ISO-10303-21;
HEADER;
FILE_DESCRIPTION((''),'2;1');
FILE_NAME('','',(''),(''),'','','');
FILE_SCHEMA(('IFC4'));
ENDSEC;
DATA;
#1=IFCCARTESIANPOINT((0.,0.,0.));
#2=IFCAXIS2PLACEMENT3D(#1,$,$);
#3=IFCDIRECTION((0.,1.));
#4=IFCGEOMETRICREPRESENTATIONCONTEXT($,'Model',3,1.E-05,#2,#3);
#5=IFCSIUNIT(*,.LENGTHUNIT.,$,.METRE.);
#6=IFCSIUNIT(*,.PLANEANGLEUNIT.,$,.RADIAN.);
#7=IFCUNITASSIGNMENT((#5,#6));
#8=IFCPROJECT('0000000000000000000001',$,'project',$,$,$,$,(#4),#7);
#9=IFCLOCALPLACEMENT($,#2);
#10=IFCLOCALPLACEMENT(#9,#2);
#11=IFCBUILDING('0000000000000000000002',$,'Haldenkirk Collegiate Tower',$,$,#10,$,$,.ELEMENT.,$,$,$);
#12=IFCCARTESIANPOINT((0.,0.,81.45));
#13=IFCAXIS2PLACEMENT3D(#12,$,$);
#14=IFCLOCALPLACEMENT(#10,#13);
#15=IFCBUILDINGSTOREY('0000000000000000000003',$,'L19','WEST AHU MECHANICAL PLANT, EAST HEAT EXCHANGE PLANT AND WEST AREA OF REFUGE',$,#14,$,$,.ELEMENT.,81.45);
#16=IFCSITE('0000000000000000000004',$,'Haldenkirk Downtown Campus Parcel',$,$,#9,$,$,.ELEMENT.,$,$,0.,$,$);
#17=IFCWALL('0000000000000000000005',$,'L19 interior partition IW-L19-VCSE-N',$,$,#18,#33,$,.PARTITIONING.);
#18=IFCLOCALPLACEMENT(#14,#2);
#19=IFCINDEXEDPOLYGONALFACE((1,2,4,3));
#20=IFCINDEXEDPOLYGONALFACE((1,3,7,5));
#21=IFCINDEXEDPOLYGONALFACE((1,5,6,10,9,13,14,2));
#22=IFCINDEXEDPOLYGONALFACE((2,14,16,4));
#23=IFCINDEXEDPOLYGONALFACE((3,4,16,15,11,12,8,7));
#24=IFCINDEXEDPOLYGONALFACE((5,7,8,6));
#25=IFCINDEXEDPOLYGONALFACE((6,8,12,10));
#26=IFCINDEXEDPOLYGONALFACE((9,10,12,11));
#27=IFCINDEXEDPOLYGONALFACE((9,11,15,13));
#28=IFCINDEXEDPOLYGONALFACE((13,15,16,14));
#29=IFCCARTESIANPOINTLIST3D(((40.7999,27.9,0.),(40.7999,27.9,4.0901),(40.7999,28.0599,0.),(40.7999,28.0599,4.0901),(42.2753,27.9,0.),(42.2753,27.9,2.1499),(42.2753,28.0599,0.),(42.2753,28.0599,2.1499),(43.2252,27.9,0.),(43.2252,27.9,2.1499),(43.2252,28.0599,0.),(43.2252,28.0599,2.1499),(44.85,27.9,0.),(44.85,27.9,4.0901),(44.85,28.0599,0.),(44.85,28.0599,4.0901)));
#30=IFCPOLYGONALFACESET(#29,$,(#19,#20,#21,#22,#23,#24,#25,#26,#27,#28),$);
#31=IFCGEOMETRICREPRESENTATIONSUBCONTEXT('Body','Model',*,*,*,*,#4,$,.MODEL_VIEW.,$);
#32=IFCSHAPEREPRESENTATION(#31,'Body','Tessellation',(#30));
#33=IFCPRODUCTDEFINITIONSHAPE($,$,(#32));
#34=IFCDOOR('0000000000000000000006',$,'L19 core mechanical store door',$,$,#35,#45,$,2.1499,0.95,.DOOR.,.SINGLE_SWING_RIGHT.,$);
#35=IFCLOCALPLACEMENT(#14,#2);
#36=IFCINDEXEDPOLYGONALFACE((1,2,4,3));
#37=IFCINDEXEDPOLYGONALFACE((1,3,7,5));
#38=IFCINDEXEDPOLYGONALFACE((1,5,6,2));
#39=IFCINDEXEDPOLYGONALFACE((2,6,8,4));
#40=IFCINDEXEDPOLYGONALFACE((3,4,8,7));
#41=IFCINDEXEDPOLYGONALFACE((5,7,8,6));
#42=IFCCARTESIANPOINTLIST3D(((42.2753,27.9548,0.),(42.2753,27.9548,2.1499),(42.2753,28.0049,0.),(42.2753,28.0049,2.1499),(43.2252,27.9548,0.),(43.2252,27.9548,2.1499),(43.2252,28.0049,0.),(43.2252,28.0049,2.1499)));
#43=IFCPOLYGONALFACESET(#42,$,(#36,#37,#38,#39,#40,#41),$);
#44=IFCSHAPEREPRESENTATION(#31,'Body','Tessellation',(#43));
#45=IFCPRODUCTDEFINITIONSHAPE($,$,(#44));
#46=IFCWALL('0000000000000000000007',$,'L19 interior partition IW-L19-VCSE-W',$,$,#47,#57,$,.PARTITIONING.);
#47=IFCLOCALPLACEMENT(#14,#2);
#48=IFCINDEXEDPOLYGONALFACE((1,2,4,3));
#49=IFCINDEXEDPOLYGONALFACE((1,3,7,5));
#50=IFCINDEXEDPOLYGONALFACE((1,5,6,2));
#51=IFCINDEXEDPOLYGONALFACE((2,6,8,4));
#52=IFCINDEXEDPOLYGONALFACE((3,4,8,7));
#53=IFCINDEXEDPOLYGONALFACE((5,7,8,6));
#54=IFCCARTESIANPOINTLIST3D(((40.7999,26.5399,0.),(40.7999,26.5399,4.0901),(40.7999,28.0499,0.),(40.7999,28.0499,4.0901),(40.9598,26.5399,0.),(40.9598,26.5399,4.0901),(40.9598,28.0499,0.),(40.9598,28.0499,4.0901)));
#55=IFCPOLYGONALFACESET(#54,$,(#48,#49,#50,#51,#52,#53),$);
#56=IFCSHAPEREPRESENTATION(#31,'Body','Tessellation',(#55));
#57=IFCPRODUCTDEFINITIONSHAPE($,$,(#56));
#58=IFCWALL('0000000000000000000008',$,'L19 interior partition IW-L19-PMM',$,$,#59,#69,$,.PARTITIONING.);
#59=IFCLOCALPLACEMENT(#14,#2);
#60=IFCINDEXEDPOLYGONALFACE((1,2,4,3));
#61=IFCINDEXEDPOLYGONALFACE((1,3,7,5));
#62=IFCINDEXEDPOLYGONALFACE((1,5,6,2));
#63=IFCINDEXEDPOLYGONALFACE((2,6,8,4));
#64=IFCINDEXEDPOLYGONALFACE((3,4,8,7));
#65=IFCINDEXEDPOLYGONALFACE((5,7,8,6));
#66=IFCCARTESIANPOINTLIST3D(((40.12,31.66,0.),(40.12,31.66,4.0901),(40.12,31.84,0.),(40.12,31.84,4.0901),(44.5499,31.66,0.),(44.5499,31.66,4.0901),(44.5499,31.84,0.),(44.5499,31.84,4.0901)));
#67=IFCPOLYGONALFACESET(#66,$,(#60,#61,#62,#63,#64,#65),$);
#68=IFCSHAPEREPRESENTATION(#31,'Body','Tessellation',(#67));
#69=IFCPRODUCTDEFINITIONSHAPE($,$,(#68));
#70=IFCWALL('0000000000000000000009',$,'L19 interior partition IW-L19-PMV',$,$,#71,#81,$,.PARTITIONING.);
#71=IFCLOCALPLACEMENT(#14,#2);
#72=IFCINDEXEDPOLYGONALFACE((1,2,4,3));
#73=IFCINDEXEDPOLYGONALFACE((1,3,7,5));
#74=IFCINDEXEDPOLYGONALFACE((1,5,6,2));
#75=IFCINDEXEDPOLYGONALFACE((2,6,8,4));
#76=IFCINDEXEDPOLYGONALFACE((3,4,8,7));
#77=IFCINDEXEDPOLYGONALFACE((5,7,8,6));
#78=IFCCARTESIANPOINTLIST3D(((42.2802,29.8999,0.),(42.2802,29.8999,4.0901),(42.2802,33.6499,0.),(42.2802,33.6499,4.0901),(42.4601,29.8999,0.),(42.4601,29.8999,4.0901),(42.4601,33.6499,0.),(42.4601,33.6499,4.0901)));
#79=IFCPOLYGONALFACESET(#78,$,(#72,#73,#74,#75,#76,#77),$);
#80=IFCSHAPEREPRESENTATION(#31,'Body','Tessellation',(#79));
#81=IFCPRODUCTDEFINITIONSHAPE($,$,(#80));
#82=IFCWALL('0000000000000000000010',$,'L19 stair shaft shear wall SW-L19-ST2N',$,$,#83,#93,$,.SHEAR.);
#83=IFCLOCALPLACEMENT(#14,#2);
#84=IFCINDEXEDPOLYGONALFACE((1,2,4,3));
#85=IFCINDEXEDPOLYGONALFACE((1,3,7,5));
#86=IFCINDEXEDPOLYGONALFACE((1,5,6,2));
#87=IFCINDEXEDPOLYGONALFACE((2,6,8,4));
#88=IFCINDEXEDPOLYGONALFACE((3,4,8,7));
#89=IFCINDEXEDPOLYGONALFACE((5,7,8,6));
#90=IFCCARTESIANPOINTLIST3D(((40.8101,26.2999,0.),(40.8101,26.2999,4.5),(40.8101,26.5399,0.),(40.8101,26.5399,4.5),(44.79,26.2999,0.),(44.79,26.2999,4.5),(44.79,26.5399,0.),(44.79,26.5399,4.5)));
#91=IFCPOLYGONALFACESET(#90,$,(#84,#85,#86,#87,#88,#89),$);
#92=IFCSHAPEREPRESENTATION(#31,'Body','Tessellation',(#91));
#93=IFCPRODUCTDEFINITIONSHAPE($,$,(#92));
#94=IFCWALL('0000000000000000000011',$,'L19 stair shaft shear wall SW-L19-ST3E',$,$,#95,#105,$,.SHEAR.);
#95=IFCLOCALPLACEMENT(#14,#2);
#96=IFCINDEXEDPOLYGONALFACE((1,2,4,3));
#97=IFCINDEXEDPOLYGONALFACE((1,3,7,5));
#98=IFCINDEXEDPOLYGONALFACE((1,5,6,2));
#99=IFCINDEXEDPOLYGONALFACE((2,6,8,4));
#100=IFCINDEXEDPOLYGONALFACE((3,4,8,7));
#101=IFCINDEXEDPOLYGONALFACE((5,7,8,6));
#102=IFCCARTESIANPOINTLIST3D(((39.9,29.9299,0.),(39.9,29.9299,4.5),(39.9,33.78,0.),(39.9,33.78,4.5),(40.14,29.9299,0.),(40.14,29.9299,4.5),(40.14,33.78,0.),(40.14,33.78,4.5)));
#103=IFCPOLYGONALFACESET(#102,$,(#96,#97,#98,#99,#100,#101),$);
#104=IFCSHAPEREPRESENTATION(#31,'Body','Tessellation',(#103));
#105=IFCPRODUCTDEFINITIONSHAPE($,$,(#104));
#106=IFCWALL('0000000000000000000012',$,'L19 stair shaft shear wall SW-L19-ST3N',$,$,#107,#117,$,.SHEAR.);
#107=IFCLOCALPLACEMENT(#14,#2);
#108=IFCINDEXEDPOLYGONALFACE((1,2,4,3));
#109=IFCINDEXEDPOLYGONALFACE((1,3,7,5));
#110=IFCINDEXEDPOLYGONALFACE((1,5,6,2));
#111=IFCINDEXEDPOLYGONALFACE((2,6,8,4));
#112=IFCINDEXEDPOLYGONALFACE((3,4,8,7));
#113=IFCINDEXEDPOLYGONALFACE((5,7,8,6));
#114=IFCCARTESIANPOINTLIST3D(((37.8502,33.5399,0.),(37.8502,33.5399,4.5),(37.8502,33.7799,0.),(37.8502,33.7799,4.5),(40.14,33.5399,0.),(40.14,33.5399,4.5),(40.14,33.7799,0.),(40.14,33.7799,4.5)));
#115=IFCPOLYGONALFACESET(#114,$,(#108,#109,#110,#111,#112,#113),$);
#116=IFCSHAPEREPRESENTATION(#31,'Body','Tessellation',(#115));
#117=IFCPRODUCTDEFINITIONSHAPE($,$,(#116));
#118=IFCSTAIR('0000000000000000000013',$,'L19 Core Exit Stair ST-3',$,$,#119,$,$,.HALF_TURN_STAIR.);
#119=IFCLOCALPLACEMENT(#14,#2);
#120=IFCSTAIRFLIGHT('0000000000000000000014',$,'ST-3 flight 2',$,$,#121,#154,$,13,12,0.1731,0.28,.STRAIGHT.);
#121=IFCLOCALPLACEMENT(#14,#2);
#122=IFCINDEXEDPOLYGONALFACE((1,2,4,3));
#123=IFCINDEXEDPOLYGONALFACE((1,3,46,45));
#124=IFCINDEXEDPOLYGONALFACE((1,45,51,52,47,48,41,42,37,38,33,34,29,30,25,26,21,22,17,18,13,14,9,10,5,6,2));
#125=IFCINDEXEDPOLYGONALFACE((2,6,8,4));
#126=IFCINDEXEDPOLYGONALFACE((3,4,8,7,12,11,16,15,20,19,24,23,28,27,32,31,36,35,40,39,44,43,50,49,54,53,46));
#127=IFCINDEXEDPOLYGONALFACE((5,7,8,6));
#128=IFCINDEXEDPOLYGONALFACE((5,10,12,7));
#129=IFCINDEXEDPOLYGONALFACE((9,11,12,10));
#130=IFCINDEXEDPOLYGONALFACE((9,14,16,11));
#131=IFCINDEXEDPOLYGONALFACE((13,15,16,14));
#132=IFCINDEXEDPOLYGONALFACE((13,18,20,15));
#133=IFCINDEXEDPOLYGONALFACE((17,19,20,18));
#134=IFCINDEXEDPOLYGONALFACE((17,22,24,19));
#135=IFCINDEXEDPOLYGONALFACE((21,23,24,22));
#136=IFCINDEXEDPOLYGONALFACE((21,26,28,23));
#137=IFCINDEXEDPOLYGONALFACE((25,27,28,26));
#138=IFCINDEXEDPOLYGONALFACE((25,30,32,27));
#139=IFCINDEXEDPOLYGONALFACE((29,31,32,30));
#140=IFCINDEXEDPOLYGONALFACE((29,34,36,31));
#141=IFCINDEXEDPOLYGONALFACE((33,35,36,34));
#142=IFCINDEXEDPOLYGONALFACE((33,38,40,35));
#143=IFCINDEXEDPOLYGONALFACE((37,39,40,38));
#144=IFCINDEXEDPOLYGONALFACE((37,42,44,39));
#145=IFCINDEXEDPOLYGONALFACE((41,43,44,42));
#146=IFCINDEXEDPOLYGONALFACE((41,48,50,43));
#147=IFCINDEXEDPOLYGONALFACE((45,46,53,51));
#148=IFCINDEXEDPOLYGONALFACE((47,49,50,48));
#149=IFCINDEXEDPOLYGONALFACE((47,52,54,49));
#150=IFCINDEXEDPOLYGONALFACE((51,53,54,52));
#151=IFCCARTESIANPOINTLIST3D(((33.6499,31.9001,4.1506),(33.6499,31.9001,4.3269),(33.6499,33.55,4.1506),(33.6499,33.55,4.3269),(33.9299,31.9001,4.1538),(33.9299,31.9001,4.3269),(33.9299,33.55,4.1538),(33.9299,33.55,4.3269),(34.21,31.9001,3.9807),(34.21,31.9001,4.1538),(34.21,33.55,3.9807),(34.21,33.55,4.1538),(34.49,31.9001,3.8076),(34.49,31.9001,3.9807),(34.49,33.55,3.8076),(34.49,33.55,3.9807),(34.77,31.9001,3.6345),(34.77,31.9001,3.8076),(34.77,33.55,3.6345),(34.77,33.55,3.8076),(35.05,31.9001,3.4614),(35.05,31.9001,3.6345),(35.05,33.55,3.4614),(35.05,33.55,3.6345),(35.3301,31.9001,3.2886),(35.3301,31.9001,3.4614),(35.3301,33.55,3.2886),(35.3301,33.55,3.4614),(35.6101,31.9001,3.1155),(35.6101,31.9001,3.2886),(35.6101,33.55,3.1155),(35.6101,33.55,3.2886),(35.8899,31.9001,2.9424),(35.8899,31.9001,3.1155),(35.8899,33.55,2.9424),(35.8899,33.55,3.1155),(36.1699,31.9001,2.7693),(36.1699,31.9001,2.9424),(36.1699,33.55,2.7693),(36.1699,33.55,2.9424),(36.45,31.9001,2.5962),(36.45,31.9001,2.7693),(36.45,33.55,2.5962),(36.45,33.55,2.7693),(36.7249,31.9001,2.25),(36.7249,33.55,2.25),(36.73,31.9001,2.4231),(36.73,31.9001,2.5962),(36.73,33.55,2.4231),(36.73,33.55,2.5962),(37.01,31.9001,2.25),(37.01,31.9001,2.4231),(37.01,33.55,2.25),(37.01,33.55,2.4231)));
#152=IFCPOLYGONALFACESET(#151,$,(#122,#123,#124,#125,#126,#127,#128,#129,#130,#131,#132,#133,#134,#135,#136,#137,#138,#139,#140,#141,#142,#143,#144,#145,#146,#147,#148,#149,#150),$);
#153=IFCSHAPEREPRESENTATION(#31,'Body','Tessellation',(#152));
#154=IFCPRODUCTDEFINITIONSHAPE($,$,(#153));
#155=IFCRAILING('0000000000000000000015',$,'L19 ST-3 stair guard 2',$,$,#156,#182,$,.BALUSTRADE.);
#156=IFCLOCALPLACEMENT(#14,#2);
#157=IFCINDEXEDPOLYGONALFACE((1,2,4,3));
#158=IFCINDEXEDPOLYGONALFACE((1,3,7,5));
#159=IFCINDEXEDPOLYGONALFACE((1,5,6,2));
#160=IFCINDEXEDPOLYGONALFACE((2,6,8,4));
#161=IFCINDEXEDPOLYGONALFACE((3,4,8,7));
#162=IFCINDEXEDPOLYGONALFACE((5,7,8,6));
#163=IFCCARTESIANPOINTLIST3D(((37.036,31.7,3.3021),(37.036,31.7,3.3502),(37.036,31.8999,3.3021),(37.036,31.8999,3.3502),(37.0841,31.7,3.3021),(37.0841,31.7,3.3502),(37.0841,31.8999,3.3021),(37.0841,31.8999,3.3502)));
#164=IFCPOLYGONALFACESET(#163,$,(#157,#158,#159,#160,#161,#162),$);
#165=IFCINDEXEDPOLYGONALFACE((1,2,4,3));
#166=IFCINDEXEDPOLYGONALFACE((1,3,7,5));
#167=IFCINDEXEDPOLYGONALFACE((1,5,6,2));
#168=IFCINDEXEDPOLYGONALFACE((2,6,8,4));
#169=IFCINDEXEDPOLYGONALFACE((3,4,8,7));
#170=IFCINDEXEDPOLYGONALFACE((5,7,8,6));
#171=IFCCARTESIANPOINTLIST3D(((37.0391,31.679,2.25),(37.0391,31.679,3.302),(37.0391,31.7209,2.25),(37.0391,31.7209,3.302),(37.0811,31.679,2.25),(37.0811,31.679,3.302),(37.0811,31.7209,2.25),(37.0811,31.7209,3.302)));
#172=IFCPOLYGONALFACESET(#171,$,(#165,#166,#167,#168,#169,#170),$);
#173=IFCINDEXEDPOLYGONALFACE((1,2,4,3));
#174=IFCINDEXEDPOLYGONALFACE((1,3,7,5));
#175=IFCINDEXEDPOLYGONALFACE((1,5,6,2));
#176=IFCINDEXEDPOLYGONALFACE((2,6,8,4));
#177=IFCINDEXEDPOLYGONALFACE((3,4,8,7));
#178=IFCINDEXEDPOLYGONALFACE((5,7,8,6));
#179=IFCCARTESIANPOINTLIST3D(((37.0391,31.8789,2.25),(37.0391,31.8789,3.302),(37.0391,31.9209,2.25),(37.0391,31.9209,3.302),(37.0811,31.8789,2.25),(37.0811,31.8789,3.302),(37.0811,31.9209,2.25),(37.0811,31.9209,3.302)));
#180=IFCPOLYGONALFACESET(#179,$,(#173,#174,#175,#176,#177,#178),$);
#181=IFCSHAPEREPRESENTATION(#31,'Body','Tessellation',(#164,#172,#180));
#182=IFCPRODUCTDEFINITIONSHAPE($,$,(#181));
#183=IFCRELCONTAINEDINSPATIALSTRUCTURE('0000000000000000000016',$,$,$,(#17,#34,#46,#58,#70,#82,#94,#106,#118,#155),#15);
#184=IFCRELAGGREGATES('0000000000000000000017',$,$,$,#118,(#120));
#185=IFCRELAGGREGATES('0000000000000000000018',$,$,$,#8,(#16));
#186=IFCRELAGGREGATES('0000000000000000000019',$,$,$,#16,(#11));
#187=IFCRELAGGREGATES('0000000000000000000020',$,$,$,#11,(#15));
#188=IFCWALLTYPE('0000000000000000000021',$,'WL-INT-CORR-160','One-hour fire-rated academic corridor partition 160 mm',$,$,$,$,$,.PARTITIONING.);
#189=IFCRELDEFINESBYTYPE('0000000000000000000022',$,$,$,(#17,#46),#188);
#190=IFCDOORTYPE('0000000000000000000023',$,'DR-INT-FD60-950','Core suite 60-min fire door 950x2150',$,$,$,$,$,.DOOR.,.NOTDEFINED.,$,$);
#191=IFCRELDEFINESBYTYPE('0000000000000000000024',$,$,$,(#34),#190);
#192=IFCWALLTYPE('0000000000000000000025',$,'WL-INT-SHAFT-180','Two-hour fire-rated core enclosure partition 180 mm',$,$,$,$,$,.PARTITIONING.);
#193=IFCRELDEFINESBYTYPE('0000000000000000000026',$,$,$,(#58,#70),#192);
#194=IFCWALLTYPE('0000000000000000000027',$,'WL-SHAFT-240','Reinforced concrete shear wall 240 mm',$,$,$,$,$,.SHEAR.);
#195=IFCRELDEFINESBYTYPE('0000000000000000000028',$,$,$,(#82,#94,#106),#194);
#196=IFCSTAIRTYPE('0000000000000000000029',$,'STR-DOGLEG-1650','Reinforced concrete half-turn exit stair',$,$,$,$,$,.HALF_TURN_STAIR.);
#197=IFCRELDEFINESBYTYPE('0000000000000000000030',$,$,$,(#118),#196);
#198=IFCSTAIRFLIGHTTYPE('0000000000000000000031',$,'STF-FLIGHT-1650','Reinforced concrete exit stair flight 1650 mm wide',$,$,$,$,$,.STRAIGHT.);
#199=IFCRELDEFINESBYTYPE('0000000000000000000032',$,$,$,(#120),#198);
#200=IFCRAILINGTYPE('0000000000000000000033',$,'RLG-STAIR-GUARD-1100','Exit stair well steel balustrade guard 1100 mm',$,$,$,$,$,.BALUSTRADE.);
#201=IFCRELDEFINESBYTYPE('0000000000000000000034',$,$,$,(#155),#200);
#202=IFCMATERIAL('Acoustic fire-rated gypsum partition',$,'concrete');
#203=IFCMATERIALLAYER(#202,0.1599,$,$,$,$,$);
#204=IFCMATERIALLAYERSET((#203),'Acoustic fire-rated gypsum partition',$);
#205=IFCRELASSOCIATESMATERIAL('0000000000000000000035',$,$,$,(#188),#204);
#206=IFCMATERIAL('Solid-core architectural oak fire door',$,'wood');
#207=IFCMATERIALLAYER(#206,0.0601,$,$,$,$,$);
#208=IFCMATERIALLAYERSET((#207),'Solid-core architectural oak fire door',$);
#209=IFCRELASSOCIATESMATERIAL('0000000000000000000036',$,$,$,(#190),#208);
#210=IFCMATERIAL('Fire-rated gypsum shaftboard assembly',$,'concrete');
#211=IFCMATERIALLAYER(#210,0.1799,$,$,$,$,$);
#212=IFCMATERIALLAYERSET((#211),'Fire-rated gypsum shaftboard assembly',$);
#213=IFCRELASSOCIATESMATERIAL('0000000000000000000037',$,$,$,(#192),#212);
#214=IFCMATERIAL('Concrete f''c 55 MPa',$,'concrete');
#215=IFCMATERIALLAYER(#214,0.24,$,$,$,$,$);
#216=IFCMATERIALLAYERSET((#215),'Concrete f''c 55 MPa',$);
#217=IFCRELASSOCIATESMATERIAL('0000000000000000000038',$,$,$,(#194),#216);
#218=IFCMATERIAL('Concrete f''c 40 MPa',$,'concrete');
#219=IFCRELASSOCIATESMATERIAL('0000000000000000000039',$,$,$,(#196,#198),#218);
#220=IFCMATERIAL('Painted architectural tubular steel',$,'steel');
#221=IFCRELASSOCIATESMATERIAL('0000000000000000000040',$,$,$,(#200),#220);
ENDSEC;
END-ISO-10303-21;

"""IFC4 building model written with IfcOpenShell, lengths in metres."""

from ifc_helpers import new_model, si_unit, direction, frame, frame_2d, origin, origin_2d, place, context, subcontext, project, spatial, polyline, rectangle, outline, extrude, material, layer, layer_set, type_object, element, fill, aggregate, save


model = new_model("IFC4")

# Units and contexts
model_context = context("Model", 3, precision=1e-05, world=origin(), true_north=direction((0.0, 1.0)))
body_context = subcontext(model_context, "Body", "Model", "MODEL_VIEW")
ifc_project = project(units=[si_unit("LENGTHUNIT", "METRE"), si_unit("PLANEANGLEUNIT", "RADIAN")], contexts=[model_context])

# Site, building, storey
site_placement = place(None, origin())
site = spatial("IfcSite", under=ifc_project, at=site_placement, Name="Haldenkirk Downtown Campus Parcel", CompositionType="ELEMENT", RefElevation=0.0)
building_placement = place(site_placement, origin())
building = spatial("IfcBuilding", under=site, at=building_placement, Name="Haldenkirk Collegiate Tower", CompositionType="ELEMENT")
storey_placement = place(building_placement, frame((0.0, 0.0, 81.45)))
storey = spatial("IfcBuildingStorey", under=building, at=storey_placement, Name="L19", Description="WEST AHU MECHANICAL PLANT, EAST HEAT EXCHANGE PLANT AND WEST AREA OF REFUGE", CompositionType="ELEMENT", Elevation=81.45)

# Wall, opening, door
ifc_material_1 = material(Name="Acoustic fire-rated gypsum partition", Category="concrete")
ifc_layer_1 = layer(ifc_material_1, 0.1599)
ifc_layer_set_1 = layer_set([ifc_layer_1], Name="Acoustic fire-rated gypsum partition")
wall_type_1 = type_object("IfcWallType", Name="WL-INT-CORR-160", Description="One-hour fire-rated academic corridor partition 160 mm", PredefinedType="PARTITIONING", material=ifc_layer_set_1)
wall_1_placement = place(storey_placement, frame((40.8, 27.98, 0.0), z_axis=(0.0, 0.0, 1.0), x_axis=(1.0, 0.0, 0.0)))
wall_1 = element("IfcWall", 1, at=wall_1_placement, inside=storey, type_object=wall_type_1, Name="L19 interior partition IW-L19-VCSE-N", PredefinedType="PARTITIONING", context=body_context, shape_type="SweptSolid", body=[
    extrude(rectangle(XDim=4.05, YDim=0.1599, at=frame_2d((2.0249, 0.0))), origin(), (0.0, 0.0, 1.0), 4.0901),
])
opening_1_placement = place(wall_1_placement, frame((1.4751, 0.0, 0.0)))
opening_1 = element("IfcOpeningElement", 2, at=opening_1_placement, cuts=wall_1, PredefinedType="OPENING", context=body_context, shape_type="SweptSolid", body=[
    extrude(rectangle(XDim=0.95, YDim=2.1499, at=frame_2d((0.4751, 1.075))), frame((0.0, 0.0898, 0.0), z_axis=(0.0, -1.0, 0.0), x_axis=(1.0, 0.0, 0.0)), (0.0, 0.0, 1.0), 0.1799),
])
ifc_material_2 = material(Name="Solid-core architectural oak fire door", Category="wood")
ifc_layer_2 = layer(ifc_material_2, 0.0601)
ifc_layer_set_2 = layer_set([ifc_layer_2], Name="Solid-core architectural oak fire door")
door_type_1 = type_object("IfcDoorType", Name="DR-INT-FD60-950", Description="Core suite 60-min fire door 950x2150", OperationType="NOTDEFINED", PredefinedType="DOOR", material=ifc_layer_set_2)
door_1_placement = place(opening_1_placement, origin())
door_1 = element("IfcDoor", 3, at=door_1_placement, inside=storey, type_object=door_type_1, Name="L19 core mechanical store door", OperationType="SINGLE_SWING_RIGHT", OverallHeight=2.1499, OverallWidth=0.95, PredefinedType="DOOR", context=body_context, shape_type="SweptSolid", body=[
    extrude(rectangle(XDim=0.95, YDim=2.1499, at=frame_2d((0.4751, 1.075))), frame((0.0, 0.0249, 0.0), z_axis=(0.0, -1.0, 0.0), x_axis=(1.0, 0.0, 0.0)), (0.0, 0.0, 1.0), 0.05),
])
fill(opening_1, door_1)

# Wall
wall_2_placement = place(storey_placement, frame((40.8799, 26.54, 0.0), z_axis=(0.0, 0.0, 1.0), x_axis=(0.0, 1.0, 0.0)))
element("IfcWall", 4, at=wall_2_placement, inside=storey, type_object=wall_type_1, Name="L19 interior partition IW-L19-VCSE-W", PredefinedType="PARTITIONING", context=body_context, shape_type="SweptSolid", body=[
    extrude(rectangle(XDim=1.51, YDim=0.1599, at=frame_2d((0.7549, 0.0))), origin(), (0.0, 0.0, 1.0), 4.0901),
])

# Shared definitions
ifc_material_3 = material(Name="Fire-rated gypsum shaftboard assembly", Category="concrete")
ifc_layer_3 = layer(ifc_material_3, 0.1799)
ifc_layer_set_3 = layer_set([ifc_layer_3], Name="Fire-rated gypsum shaftboard assembly")
wall_type_2 = type_object("IfcWallType", Name="WL-INT-SHAFT-180", Description="Two-hour fire-rated core enclosure partition 180 mm", PredefinedType="PARTITIONING", material=ifc_layer_set_3)

# Walls
wall_3_placement = place(storey_placement, frame((40.1201, 31.75, 0.0), z_axis=(0.0, 0.0, 1.0), x_axis=(1.0, 0.0, 0.0)))
element("IfcWall", 5, at=wall_3_placement, inside=storey, type_object=wall_type_2, Name="L19 interior partition IW-L19-PMM", PredefinedType="PARTITIONING", context=body_context, shape_type="SweptSolid", body=[
    extrude(rectangle(XDim=4.4299, YDim=0.1799, at=frame_2d((2.2148, 0.0))), origin(), (0.0, 0.0, 1.0), 4.0901),
])
wall_4_placement = place(storey_placement, frame((42.3701, 29.8999, 0.0), z_axis=(0.0, 0.0, 1.0), x_axis=(0.0, 1.0, 0.0)))
element("IfcWall", 6, at=wall_4_placement, inside=storey, type_object=wall_type_2, Name="L19 interior partition IW-L19-PMV", PredefinedType="PARTITIONING", context=body_context, shape_type="SweptSolid", body=[
    extrude(rectangle(XDim=3.75, YDim=0.1799, at=frame_2d((1.875, 0.0))), origin(), (0.0, 0.0, 1.0), 4.0901),
])
ifc_material_4 = material(Name="Concrete f'c 55 MPa", Category="concrete")
ifc_layer_4 = layer(ifc_material_4, 0.24)
ifc_layer_set_4 = layer_set([ifc_layer_4], Name="Concrete f'c 55 MPa")
wall_type_3 = type_object("IfcWallType", Name="WL-SHAFT-240", Description="Reinforced concrete shear wall 240 mm", PredefinedType="SHEAR", material=ifc_layer_set_4)
wall_5_placement = place(storey_placement, frame((40.8101, 26.4199, 0.0), z_axis=(0.0, 0.0, 1.0), x_axis=(1.0, 0.0, 0.0)))
element("IfcWall", 7, at=wall_5_placement, inside=storey, type_object=wall_type_3, Name="L19 stair shaft shear wall SW-L19-ST2N", PredefinedType="SHEAR", context=body_context, shape_type="SweptSolid", body=[
    extrude(rectangle(XDim=3.98, YDim=0.24, at=frame_2d((1.99, 0.0))), origin(), (0.0, 0.0, 1.0), 4.5),
])
wall_6_placement = place(storey_placement, frame((40.02, 29.9299, 0.0), z_axis=(0.0, 0.0, 1.0), x_axis=(0.0, 1.0, 0.0)))
element("IfcWall", 8, at=wall_6_placement, inside=storey, type_object=wall_type_3, Name="L19 stair shaft shear wall SW-L19-ST3E", PredefinedType="SHEAR", context=body_context, shape_type="SweptSolid", body=[
    extrude(rectangle(XDim=3.8501, YDim=0.24, at=frame_2d((1.925, 0.0))), origin(), (0.0, 0.0, 1.0), 4.5),
])
wall_7_placement = place(storey_placement, frame((37.8501, 33.6599, 0.0), z_axis=(0.0, 0.0, 1.0), x_axis=(1.0, 0.0, 0.0)))
element("IfcWall", 9, at=wall_7_placement, inside=storey, type_object=wall_type_3, Name="L19 stair shaft shear wall SW-L19-ST3N", PredefinedType="SHEAR", context=body_context, shape_type="SweptSolid", body=[
    extrude(rectangle(XDim=2.2898, YDim=0.24, at=frame_2d((1.145, 0.0))), origin(), (0.0, 0.0, 1.0), 4.5),
])

# Stair, stair flight
ifc_material_5 = material(Name="Concrete f'c 40 MPa", Category="concrete")
stair_type = type_object("IfcStairType", Name="STR-DOGLEG-1650", Description="Reinforced concrete half-turn exit stair", PredefinedType="HALF_TURN_STAIR", material=ifc_material_5)
stair_placement = place(storey_placement, origin())
stair = element("IfcStair", 10, at=stair_placement, inside=storey, type_object=stair_type, Name="L19 Core Exit Stair ST-3", PredefinedType="HALF_TURN_STAIR")
stair_flight_type = type_object("IfcStairFlightType", Name="STF-FLIGHT-1650", Description="Reinforced concrete exit stair flight 1650 mm wide", PredefinedType="STRAIGHT", material=ifc_material_5)
stair_flight_placement = place(storey_placement, frame((37.01, 32.7251, 2.25), z_axis=(0.0, 0.0, 1.0), x_axis=(-1.0, 0.0, 0.0)))
stair_flight = element("IfcStairFlight", 11, at=stair_flight_placement, type_object=stair_flight_type, Name="ST-3 flight 2", NumberOfRisers=13, NumberOfTreads=12, PredefinedType="STRAIGHT", RiserHeight=0.1731, TreadLength=0.28, context=body_context, shape_type="SweptSolid", body=[
    extrude(outline(polyline([(0.0, 0.0), (0.0, 0.1731), (0.28, 0.1731), (0.28, 0.3462), (0.5601, 0.3462), (0.5601, 0.5193), (0.8401, 0.5193), (0.8401, 0.6924), (1.1201, 0.6924), (1.1201, 0.8655), (1.3999, 0.8655), (1.3999, 1.0386), (1.6799, 1.0386), (1.6799, 1.2114), (1.96, 1.2114), (1.96, 1.3845), (2.24, 1.3845), (2.24, 1.5576), (2.52, 1.5576), (2.52, 1.7307), (2.8, 1.7307), (2.8, 1.9038), (3.0801, 1.9038), (3.0801, 2.0769), (3.3601, 2.0769), (3.3601, 2.25), (3.3601, 1.9006), (0.2852, 0.0), (0.0, 0.0)])), frame((0.0, 0.825, 0.0), z_axis=(0.0, -1.0, 0.0), x_axis=(1.0, 0.0, 0.0)), (0.0, 0.0, 1.0), 1.6499),
])
aggregate(stair, [stair_flight])

# Railing
ifc_material_6 = material(Name="Painted architectural tubular steel", Category="steel")
railing_type_1 = type_object("IfcRailingType", Name="RLG-STAIR-GUARD-1100", Description="Exit stair well steel balustrade guard 1100 mm", PredefinedType="BALUSTRADE", material=ifc_material_6)
railing_1_placement = place(storey_placement, frame((37.0601, 31.7, 2.25)))
element("IfcRailing", 12, at=railing_1_placement, inside=storey, type_object=railing_type_1, Name="L19 ST-3 stair guard 2", PredefinedType="BALUSTRADE", context=body_context, shape_type="SweptSolid", body=[
    extrude(rectangle(XDim=0.0481, YDim=0.0481, at=origin_2d()), frame((0.0, 0.0, 1.0762), z_axis=(0.0, 1.0, 0.0), x_axis=(-1.0, 0.0, 0.0)), (0.0, 0.0, 1.0), 0.2),
    extrude(rectangle(XDim=0.042, YDim=0.042, at=origin_2d()), origin(), (0.0, 0.0, 1.0), 1.052),
    extrude(rectangle(XDim=0.042, YDim=0.042, at=origin_2d()), frame((0.0, 0.2, 0.0)), (0.0, 0.0, 1.0), 1.052),
])

save(model, "model.ifc")
